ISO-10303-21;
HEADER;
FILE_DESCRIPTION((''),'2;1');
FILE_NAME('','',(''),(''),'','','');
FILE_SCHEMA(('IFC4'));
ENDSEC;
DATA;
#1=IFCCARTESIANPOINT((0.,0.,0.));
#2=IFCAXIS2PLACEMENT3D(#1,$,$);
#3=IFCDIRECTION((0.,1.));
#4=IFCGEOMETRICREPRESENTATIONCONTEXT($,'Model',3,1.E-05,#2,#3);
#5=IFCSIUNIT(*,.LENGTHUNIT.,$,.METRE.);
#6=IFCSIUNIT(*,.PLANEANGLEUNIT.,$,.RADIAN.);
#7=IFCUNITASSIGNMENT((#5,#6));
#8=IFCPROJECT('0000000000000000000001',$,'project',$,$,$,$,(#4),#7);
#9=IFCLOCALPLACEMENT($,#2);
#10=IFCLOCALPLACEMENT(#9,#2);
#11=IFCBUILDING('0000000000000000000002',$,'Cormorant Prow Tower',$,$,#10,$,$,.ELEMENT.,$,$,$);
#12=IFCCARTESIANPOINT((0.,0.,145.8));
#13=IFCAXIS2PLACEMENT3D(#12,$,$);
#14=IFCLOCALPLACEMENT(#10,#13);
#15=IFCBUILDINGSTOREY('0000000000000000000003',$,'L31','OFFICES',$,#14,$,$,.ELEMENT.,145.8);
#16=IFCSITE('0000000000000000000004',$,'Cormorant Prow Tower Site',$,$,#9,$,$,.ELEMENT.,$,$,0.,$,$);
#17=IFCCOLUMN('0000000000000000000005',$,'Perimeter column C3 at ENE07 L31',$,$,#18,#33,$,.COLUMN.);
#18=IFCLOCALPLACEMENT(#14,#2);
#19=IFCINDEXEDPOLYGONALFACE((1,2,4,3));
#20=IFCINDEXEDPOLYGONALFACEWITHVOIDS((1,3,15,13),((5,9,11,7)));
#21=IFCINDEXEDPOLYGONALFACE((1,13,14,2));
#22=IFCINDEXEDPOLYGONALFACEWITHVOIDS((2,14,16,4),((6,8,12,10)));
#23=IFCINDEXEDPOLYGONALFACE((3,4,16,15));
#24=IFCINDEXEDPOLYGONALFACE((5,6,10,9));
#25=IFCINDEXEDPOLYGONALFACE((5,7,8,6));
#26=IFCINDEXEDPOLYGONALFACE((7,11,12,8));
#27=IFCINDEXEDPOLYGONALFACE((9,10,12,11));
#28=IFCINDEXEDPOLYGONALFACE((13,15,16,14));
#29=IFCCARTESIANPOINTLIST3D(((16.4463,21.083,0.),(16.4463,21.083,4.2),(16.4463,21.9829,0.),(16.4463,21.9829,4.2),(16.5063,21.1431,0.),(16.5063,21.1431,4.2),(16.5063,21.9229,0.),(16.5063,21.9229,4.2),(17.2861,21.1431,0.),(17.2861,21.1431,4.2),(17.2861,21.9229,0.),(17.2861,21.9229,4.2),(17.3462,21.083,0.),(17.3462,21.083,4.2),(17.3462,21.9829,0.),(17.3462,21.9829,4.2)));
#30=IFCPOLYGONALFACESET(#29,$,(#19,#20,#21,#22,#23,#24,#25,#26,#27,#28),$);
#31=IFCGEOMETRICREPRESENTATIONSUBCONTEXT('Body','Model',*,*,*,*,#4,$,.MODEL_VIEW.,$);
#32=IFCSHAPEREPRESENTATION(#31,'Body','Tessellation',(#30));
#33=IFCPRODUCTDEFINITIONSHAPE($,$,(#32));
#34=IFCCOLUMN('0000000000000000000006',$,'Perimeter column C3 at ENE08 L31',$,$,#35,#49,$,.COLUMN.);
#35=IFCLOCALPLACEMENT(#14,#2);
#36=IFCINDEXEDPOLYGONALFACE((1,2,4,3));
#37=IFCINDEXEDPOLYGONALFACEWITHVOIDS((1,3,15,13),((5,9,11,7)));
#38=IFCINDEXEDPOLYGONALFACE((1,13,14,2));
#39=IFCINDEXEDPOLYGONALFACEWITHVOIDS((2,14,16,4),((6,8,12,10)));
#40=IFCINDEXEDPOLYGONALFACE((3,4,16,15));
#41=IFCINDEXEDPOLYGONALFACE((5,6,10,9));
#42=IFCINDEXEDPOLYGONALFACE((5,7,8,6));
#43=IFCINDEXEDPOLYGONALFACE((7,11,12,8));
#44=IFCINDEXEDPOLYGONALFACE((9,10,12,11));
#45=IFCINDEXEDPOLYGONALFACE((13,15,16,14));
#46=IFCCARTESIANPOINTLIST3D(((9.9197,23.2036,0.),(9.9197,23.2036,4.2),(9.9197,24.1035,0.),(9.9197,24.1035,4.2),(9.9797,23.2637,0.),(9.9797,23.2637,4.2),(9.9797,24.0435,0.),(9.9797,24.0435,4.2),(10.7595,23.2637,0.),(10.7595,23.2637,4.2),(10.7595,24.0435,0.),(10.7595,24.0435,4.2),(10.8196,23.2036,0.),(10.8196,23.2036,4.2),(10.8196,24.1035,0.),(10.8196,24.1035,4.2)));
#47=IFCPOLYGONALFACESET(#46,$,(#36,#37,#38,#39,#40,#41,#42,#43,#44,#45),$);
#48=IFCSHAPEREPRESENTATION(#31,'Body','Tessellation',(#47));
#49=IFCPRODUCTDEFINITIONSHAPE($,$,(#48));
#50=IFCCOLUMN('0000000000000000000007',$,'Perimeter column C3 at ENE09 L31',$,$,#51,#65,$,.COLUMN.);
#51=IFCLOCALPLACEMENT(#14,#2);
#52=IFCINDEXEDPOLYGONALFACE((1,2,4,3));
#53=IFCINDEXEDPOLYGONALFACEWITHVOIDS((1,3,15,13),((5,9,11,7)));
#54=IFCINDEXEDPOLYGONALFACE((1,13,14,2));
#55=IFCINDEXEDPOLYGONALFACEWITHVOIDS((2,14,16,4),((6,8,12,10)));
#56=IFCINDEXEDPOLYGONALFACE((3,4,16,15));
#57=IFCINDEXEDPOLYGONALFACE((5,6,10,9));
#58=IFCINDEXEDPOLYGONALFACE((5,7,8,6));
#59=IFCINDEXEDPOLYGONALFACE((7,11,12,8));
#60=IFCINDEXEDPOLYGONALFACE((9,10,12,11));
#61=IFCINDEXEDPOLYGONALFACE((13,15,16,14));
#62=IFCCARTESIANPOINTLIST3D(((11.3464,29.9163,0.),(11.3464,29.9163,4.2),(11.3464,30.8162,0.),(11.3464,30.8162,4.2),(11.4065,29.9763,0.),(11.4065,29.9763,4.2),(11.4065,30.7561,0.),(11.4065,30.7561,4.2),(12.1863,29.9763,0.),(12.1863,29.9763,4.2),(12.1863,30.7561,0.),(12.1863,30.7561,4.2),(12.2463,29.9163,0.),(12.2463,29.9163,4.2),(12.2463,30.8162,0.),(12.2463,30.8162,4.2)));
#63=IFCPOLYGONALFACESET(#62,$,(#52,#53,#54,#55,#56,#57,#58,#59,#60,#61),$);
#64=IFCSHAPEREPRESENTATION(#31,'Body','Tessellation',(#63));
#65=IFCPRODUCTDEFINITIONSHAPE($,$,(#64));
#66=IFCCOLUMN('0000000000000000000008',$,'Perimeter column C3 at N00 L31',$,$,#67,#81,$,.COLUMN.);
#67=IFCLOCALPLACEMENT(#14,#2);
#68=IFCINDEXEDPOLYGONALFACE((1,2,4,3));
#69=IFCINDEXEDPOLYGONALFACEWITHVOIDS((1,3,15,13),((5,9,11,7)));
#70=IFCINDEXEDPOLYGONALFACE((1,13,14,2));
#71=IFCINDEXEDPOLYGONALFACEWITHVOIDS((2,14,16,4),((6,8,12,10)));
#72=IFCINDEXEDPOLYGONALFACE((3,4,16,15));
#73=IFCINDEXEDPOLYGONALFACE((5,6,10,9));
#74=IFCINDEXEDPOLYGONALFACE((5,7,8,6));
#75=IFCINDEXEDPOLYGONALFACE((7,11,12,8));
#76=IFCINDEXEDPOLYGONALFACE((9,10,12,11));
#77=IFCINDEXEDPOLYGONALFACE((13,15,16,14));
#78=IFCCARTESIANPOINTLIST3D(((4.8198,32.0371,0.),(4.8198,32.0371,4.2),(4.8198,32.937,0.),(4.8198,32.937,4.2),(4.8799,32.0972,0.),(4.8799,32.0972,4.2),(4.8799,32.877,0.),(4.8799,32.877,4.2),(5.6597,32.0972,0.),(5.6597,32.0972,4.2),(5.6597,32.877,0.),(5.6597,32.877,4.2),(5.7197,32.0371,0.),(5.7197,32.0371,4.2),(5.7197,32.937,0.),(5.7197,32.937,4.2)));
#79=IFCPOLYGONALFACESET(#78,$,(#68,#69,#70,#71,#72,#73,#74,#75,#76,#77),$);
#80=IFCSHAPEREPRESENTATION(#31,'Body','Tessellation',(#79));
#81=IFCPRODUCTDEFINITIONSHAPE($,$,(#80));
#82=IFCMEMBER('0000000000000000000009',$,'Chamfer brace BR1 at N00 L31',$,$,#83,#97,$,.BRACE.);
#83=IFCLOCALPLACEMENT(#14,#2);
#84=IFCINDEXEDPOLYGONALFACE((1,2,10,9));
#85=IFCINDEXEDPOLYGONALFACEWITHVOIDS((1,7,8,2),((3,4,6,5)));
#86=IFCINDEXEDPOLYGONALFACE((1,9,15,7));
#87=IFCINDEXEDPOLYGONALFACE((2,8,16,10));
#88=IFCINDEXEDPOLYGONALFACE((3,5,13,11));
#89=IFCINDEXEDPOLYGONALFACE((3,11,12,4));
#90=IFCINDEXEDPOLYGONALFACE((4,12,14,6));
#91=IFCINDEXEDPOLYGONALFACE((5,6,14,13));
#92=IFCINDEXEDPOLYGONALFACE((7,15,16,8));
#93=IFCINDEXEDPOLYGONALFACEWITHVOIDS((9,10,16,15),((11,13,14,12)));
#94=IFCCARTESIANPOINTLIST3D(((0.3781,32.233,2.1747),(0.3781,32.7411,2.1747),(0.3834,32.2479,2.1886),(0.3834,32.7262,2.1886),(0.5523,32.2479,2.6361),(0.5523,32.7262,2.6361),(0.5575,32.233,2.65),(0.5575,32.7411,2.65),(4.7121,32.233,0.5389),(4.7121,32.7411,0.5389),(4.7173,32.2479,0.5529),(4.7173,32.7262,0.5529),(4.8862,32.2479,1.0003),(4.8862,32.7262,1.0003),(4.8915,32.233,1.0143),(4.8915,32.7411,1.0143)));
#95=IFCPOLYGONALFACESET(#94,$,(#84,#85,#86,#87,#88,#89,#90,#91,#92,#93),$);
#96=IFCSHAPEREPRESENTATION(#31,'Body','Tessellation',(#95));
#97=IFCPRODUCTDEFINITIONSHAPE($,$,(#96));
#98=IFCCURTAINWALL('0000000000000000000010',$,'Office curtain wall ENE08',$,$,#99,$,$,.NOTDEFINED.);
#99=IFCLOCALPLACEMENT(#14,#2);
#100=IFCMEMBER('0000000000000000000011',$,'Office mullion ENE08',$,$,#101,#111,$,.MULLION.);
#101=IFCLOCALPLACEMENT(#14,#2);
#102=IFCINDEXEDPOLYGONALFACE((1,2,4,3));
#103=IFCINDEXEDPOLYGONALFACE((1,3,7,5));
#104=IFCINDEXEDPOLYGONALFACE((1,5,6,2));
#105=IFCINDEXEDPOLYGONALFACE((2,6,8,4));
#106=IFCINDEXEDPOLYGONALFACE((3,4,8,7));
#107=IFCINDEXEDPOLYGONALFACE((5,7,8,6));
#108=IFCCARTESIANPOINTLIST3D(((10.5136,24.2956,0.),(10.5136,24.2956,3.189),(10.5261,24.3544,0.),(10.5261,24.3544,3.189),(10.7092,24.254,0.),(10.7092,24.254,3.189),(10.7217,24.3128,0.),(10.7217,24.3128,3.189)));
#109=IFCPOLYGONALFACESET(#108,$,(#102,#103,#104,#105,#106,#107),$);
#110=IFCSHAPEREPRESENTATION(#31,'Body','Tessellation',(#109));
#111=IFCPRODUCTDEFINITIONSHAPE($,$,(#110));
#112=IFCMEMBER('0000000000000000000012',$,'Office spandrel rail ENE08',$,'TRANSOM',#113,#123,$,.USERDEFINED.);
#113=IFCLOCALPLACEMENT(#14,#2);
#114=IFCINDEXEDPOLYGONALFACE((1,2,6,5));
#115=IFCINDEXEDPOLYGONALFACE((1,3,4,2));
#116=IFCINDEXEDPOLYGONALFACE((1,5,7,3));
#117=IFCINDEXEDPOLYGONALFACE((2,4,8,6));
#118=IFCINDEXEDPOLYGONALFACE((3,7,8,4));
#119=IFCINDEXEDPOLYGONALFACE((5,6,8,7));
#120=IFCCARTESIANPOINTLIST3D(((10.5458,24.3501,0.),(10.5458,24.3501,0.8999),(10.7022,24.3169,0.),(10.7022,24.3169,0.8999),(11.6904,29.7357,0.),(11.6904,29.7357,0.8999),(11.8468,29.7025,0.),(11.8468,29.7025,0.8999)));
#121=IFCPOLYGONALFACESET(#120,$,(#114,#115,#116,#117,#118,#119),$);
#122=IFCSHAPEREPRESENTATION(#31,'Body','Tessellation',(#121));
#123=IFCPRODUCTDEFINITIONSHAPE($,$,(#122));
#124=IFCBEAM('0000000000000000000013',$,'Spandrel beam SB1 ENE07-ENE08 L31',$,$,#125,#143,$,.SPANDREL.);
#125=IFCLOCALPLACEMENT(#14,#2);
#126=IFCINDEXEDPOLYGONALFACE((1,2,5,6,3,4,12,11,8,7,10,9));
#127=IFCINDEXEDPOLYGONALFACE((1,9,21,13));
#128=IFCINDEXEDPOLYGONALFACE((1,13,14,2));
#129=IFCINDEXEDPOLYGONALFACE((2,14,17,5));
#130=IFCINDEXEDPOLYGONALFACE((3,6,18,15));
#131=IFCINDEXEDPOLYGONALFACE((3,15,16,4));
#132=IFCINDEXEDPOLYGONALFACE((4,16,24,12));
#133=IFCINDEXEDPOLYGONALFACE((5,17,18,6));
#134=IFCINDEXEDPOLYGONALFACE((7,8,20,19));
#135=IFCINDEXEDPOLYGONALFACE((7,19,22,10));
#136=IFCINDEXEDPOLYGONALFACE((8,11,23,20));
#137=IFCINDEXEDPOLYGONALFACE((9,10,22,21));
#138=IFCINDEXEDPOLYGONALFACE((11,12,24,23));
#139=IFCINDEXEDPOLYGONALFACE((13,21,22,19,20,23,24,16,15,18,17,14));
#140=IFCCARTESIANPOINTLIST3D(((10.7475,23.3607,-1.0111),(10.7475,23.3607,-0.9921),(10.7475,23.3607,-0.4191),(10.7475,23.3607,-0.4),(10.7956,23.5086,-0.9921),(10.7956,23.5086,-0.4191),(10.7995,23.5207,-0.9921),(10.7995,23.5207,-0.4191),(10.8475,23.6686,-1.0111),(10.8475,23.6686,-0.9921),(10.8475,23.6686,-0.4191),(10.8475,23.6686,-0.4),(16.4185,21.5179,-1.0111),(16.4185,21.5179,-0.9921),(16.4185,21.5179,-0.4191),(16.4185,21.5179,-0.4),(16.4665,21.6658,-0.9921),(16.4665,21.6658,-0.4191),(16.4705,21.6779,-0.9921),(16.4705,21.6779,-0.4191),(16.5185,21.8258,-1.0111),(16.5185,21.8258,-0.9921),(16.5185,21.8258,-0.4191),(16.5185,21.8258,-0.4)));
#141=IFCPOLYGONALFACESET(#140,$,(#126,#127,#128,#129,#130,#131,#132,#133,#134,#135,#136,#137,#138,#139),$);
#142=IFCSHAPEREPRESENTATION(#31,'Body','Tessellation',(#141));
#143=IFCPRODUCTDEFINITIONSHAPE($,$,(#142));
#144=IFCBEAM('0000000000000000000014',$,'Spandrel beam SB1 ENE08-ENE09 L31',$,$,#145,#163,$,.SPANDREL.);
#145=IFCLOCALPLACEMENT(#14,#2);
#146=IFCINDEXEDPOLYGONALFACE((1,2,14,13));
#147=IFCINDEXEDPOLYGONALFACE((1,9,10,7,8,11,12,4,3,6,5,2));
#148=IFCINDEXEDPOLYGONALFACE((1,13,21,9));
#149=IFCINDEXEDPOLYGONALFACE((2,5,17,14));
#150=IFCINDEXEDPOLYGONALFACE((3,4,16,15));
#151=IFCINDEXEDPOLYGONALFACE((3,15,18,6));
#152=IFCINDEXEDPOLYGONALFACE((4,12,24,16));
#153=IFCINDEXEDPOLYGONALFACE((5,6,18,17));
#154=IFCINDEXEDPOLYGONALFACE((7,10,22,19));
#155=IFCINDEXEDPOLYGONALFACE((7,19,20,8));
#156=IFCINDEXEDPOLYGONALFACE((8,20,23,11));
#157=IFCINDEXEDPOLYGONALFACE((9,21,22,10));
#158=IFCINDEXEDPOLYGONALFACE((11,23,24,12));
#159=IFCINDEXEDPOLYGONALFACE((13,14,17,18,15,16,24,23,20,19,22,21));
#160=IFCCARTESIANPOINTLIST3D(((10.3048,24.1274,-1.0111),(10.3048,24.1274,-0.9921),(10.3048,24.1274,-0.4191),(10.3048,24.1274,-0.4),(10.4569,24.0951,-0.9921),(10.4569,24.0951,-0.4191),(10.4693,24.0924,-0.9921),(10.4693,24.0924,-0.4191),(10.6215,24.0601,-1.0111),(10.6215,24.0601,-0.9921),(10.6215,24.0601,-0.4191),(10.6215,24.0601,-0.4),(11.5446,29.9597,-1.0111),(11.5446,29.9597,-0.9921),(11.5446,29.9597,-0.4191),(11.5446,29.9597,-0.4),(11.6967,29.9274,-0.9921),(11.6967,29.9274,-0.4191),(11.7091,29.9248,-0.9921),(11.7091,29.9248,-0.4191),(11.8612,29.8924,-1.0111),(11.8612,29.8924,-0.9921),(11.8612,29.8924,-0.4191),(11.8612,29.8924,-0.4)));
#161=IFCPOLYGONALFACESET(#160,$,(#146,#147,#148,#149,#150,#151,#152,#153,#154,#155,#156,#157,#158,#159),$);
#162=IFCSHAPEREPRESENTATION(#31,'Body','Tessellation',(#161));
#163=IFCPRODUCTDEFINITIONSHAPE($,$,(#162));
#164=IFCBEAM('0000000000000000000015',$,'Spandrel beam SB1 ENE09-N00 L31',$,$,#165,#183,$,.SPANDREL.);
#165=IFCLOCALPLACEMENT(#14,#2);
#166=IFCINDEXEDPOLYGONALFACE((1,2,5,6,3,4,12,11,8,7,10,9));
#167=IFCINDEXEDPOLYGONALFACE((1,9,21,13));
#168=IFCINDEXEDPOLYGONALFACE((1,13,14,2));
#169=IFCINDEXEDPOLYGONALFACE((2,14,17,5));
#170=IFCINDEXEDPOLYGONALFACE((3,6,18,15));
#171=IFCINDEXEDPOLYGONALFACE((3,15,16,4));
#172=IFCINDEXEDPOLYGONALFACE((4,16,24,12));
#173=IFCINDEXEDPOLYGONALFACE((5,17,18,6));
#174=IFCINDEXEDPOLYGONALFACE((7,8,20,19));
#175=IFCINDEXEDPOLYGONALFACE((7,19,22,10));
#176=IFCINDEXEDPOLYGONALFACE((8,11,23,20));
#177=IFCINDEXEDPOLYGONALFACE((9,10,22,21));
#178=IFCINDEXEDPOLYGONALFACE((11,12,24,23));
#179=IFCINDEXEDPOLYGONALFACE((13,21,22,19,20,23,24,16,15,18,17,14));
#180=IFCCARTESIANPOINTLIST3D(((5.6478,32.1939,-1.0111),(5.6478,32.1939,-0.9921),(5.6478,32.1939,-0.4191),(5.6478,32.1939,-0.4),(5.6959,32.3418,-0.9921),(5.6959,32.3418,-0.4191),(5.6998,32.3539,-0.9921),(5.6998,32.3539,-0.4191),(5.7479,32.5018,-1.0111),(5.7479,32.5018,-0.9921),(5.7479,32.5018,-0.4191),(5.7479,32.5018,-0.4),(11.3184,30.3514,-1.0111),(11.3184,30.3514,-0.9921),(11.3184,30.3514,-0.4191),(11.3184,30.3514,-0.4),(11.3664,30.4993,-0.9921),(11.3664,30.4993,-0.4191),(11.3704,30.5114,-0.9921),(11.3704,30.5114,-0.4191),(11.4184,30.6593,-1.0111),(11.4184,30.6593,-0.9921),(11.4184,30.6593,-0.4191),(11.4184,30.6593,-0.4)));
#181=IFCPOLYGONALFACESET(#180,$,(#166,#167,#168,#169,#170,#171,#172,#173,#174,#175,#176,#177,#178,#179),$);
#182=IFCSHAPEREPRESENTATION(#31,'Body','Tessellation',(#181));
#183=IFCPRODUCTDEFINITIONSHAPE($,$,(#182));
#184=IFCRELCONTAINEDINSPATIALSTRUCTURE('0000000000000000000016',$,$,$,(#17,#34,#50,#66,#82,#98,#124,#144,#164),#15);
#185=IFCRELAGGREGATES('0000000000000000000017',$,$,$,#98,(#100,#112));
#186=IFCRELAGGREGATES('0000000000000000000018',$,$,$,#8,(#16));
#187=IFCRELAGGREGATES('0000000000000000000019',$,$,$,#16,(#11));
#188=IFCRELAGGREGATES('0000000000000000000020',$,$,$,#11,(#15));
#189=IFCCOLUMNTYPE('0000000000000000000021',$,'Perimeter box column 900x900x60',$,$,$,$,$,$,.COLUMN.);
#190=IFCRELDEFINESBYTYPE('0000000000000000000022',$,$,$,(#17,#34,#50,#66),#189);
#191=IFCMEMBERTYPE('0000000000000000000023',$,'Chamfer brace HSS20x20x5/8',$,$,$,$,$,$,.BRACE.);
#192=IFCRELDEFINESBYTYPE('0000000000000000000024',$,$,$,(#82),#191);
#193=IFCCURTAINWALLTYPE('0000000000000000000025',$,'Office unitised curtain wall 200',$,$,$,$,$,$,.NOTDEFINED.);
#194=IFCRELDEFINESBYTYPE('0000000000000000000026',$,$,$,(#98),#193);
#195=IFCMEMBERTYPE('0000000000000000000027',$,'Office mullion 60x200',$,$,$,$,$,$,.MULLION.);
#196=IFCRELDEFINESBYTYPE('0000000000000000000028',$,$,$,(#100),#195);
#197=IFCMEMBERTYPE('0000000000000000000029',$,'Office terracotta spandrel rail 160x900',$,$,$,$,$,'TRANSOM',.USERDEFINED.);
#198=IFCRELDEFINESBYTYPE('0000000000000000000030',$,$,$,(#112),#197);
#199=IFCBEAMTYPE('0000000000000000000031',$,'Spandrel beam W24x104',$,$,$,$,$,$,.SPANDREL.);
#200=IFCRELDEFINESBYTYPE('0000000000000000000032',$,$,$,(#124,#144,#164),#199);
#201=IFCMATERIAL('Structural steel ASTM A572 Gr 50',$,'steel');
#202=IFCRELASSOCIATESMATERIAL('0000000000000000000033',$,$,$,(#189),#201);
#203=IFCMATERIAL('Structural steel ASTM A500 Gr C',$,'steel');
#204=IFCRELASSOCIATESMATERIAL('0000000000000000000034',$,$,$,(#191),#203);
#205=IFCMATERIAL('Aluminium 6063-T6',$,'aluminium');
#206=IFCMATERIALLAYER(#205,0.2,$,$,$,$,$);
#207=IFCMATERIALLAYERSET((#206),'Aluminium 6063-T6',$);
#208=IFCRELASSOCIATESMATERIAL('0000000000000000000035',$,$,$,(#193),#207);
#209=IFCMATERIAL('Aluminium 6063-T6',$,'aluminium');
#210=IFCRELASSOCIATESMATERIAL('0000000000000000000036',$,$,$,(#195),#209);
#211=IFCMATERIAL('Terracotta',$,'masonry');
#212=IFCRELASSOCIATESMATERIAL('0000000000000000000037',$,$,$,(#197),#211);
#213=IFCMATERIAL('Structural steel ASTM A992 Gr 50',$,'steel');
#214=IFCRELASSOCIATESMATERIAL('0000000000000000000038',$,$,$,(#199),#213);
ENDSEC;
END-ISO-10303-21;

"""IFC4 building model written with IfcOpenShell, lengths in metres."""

from ifc_helpers import new_model, si_unit, direction, frame, origin, origin_2d, place, context, subcontext, project, spatial, rectangle, hollow_rectangle, i_section, extrude, material, layer, layer_set, material_profile, profile_set, type_object, element, aggregate, save


model = new_model("IFC4")

# Units and contexts
model_context = context("Model", 3, precision=1e-05, world=origin(), true_north=direction((0.0, 1.0)))
body_context = subcontext(model_context, "Body", "Model", "MODEL_VIEW")
ifc_project = project(units=[si_unit("LENGTHUNIT", "METRE"), si_unit("PLANEANGLEUNIT", "RADIAN")], contexts=[model_context])

# Site, building, storey
site_placement = place(None, origin())
site = spatial("IfcSite", under=ifc_project, at=site_placement, Name="Cormorant Prow Tower Site", CompositionType="ELEMENT", RefElevation=0.0)
building_placement = place(site_placement, origin())
building = spatial("IfcBuilding", under=site, at=building_placement, Name="Cormorant Prow Tower", CompositionType="ELEMENT")
storey_placement = place(building_placement, frame((0.0, 0.0, 145.8)))
storey = spatial("IfcBuildingStorey", under=building, at=storey_placement, Name="L31", Description="OFFICES", CompositionType="ELEMENT", Elevation=145.8)

# Columns
ifc_material_1 = material(Name="Structural steel ASTM A572 Gr 50", Category="steel")
ifc_material_profile_1 = material_profile(ifc_material_1, hollow_rectangle(XDim=0.8999, YDim=0.8999, WallThickness=0.0601, at=origin_2d()), Name="Box 900x900x60")
ifc_profile_set_1 = profile_set([ifc_material_profile_1], Name="Structural steel ASTM A572 Gr 50")
column_type = type_object("IfcColumnType", Name="Perimeter box column 900x900x60", PredefinedType="COLUMN", material=ifc_profile_set_1)
for number, where, z_axis, x_axis, name in (
    (1, (16.8962, 21.533, 0.0), (0.0, 0.0, 1.0), (1.0, 0.0, 0.0), "Perimeter column C3 at ENE07 L31"),
    (2, (10.3696, 23.6536, 0.0), (0.0, 0.0, 1.0), (1.0, 0.0, 0.0), "Perimeter column C3 at ENE08 L31"),
    (3, (11.7964, 30.3662, 0.0), (0.0, 0.0, 1.0), (1.0, 0.0, 0.0), "Perimeter column C3 at ENE09 L31"),
    (4, (5.2698, 32.4871, 0.0), (0.0, 0.0, 1.0), (1.0, 0.0, 0.0), "Perimeter column C3 at N00 L31"),
):
    element("IfcColumn", number, at=place(storey_placement, frame(where, z_axis=z_axis, x_axis=x_axis)), inside=storey, type_object=column_type, Name=name, PredefinedType="COLUMN", context=body_context, shape_type="SweptSolid", body=[
        extrude(hollow_rectangle(XDim=0.8999, YDim=0.8999, WallThickness=0.0601, at=origin_2d()), origin(), (0.0, 0.0, 1.0), 4.2),
    ])

# Member
ifc_material_2 = material(Name="Structural steel ASTM A500 Gr C", Category="steel")
ifc_material_profile_2 = material_profile(ifc_material_2, hollow_rectangle(XDim=0.5081, YDim=0.5081, WallThickness=0.0149, at=origin_2d()), Name="HSS20x20x5/8")
ifc_profile_set_2 = profile_set([ifc_material_profile_2], Name="Structural steel ASTM A500 Gr C")
member_type_1 = type_object("IfcMemberType", Name="Chamfer brace HSS20x20x5/8", PredefinedType="BRACE", material=ifc_profile_set_2)
member_1_placement = place(storey_placement, frame((4.8018, 32.4871, 0.7766), z_axis=(-0.935582, 0.0, 0.353109), x_axis=(0.0, -1.0, 0.0)))
element("IfcMember", 5, at=member_1_placement, inside=storey, type_object=member_type_1, Name="Chamfer brace BR1 at N00 L31", PredefinedType="BRACE", context=body_context, shape_type="SweptSolid", body=[
    extrude(hollow_rectangle(XDim=0.5081, YDim=0.5081, WallThickness=0.0149, at=origin_2d()), origin(), (0.0, 0.0, 1.0), 4.6323),
])

# Curtain wall, members
ifc_material_3 = material(Name="Aluminium 6063-T6", Category="aluminium")
ifc_layer_1 = layer(ifc_material_3, 0.2)
ifc_layer_set_1 = layer_set([ifc_layer_1], Name="Aluminium 6063-T6")
curtain_wall_type = type_object("IfcCurtainWallType", Name="Office unitised curtain wall 200", PredefinedType="NOTDEFINED", material=ifc_layer_set_1)
curtain_wall_placement = place(storey_placement, origin())
curtain_wall = element("IfcCurtainWall", 6, at=curtain_wall_placement, inside=storey, type_object=curtain_wall_type, Name="Office curtain wall ENE08", PredefinedType="NOTDEFINED")
ifc_material_4 = material(Name="Aluminium 6063-T6", Category="aluminium")
ifc_material_profile_3 = material_profile(ifc_material_4, rectangle(XDim=0.2, YDim=0.0601, at=origin_2d()), Name="Office mullion 60x200")
ifc_profile_set_3 = profile_set([ifc_material_profile_3], Name="Aluminium 6063-T6")
member_type_2 = type_object("IfcMemberType", Name="Office mullion 60x200", PredefinedType="MULLION", material=ifc_profile_set_3)
member_2_placement = place(storey_placement, frame((10.6177, 24.3042, 0.0), z_axis=(0.0, 0.0, 1.0), x_axis=(-0.978148, 0.207912, 0.0)))
member_2 = element("IfcMember", 7, at=member_2_placement, type_object=member_type_2, Name="Office mullion ENE08", PredefinedType="MULLION", context=body_context, shape_type="SweptSolid", body=[
    extrude(rectangle(XDim=0.2, YDim=0.0601, at=origin_2d()), origin(), (0.0, 0.0, 1.0), 3.189),
])
ifc_material_5 = material(Name="Terracotta", Category="masonry")
ifc_material_profile_4 = material_profile(ifc_material_5, rectangle(XDim=0.1599, YDim=0.8999, at=origin_2d()), Name="Office terracotta spandrel rail 160x900")
ifc_profile_set_4 = profile_set([ifc_material_profile_4], Name="Terracotta")
member_type_3 = type_object("IfcMemberType", Name="Office terracotta spandrel rail 160x900", ElementType="TRANSOM", PredefinedType="USERDEFINED", material=ifc_profile_set_4)
member_3_placement = place(storey_placement, frame((10.624, 24.3335, 0.45), z_axis=(0.207878, 0.978155, 0.0), x_axis=(-0.978155, 0.207878, 0.0)))
member_3 = element("IfcMember", 8, at=member_3_placement, type_object=member_type_3, Name="Office spandrel rail ENE08", ObjectType="TRANSOM", PredefinedType="USERDEFINED", context=body_context, shape_type="SweptSolid", body=[
    extrude(rectangle(XDim=0.1599, YDim=0.8999, at=origin_2d()), origin(), (0.0, 0.0, 1.0), 5.5059),
])

# Beams
ifc_material_6 = material(Name="Structural steel ASTM A992 Gr 50", Category="steel")
ifc_material_profile_5 = material_profile(ifc_material_6, i_section(OverallWidth=0.3237, OverallDepth=0.6111, WebThickness=0.0127, FlangeThickness=0.019, at=origin_2d()), Name="W24x104")
ifc_profile_set_5 = profile_set([ifc_material_profile_5], Name="Structural steel ASTM A992 Gr 50")
beam_type = type_object("IfcBeamType", Name="Spandrel beam W24x104", PredefinedType="SPANDREL", material=ifc_profile_set_5)
beam_1_placement = place(storey_placement, frame((16.4685, 21.6719, -0.7056), z_axis=(-0.951047, 0.309045, 0.0), x_axis=(-0.309045, -0.951047, 0.0)))
element("IfcBeam", 9, at=beam_1_placement, inside=storey, type_object=beam_type, Name="Spandrel beam SB1 ENE07-ENE08 L31", PredefinedType="SPANDREL", context=body_context, shape_type="SweptSolid", body=[
    extrude(i_section(OverallWidth=0.3237, OverallDepth=0.6111, WebThickness=0.0127, FlangeThickness=0.019, at=origin_2d()), origin(), (0.0, 0.0, 1.0), 5.9629),
])
beam_2_placement = place(storey_placement, frame((10.4631, 24.0938, -0.7056), z_axis=(0.207921, 0.978146, 0.0), x_axis=(-0.978146, 0.207921, 0.0)))
element("IfcBeam", 10, at=beam_2_placement, inside=storey, type_object=beam_type, Name="Spandrel beam SB1 ENE08-ENE09 L31", PredefinedType="SPANDREL", context=body_context, shape_type="SweptSolid", body=[
    extrude(i_section(OverallWidth=0.3237, OverallDepth=0.6111, WebThickness=0.0127, FlangeThickness=0.019, at=origin_2d()), origin(), (0.0, 0.0, 1.0), 5.9626),
])
beam_3_placement = place(storey_placement, frame((11.3684, 30.5054, -0.7056), z_axis=(-0.951055, 0.30902, 0.0), x_axis=(-0.30902, -0.951055, 0.0)))
element("IfcBeam", 11, at=beam_3_placement, inside=storey, type_object=beam_type, Name="Spandrel beam SB1 ENE09-N00 L31", PredefinedType="SPANDREL", context=body_context, shape_type="SweptSolid", body=[
    extrude(i_section(OverallWidth=0.3237, OverallDepth=0.6111, WebThickness=0.0127, FlangeThickness=0.019, at=origin_2d()), origin(), (0.0, 0.0, 1.0), 5.9624),
])

aggregate(curtain_wall, [member_2, member_3])

save(model, "model.ifc")
